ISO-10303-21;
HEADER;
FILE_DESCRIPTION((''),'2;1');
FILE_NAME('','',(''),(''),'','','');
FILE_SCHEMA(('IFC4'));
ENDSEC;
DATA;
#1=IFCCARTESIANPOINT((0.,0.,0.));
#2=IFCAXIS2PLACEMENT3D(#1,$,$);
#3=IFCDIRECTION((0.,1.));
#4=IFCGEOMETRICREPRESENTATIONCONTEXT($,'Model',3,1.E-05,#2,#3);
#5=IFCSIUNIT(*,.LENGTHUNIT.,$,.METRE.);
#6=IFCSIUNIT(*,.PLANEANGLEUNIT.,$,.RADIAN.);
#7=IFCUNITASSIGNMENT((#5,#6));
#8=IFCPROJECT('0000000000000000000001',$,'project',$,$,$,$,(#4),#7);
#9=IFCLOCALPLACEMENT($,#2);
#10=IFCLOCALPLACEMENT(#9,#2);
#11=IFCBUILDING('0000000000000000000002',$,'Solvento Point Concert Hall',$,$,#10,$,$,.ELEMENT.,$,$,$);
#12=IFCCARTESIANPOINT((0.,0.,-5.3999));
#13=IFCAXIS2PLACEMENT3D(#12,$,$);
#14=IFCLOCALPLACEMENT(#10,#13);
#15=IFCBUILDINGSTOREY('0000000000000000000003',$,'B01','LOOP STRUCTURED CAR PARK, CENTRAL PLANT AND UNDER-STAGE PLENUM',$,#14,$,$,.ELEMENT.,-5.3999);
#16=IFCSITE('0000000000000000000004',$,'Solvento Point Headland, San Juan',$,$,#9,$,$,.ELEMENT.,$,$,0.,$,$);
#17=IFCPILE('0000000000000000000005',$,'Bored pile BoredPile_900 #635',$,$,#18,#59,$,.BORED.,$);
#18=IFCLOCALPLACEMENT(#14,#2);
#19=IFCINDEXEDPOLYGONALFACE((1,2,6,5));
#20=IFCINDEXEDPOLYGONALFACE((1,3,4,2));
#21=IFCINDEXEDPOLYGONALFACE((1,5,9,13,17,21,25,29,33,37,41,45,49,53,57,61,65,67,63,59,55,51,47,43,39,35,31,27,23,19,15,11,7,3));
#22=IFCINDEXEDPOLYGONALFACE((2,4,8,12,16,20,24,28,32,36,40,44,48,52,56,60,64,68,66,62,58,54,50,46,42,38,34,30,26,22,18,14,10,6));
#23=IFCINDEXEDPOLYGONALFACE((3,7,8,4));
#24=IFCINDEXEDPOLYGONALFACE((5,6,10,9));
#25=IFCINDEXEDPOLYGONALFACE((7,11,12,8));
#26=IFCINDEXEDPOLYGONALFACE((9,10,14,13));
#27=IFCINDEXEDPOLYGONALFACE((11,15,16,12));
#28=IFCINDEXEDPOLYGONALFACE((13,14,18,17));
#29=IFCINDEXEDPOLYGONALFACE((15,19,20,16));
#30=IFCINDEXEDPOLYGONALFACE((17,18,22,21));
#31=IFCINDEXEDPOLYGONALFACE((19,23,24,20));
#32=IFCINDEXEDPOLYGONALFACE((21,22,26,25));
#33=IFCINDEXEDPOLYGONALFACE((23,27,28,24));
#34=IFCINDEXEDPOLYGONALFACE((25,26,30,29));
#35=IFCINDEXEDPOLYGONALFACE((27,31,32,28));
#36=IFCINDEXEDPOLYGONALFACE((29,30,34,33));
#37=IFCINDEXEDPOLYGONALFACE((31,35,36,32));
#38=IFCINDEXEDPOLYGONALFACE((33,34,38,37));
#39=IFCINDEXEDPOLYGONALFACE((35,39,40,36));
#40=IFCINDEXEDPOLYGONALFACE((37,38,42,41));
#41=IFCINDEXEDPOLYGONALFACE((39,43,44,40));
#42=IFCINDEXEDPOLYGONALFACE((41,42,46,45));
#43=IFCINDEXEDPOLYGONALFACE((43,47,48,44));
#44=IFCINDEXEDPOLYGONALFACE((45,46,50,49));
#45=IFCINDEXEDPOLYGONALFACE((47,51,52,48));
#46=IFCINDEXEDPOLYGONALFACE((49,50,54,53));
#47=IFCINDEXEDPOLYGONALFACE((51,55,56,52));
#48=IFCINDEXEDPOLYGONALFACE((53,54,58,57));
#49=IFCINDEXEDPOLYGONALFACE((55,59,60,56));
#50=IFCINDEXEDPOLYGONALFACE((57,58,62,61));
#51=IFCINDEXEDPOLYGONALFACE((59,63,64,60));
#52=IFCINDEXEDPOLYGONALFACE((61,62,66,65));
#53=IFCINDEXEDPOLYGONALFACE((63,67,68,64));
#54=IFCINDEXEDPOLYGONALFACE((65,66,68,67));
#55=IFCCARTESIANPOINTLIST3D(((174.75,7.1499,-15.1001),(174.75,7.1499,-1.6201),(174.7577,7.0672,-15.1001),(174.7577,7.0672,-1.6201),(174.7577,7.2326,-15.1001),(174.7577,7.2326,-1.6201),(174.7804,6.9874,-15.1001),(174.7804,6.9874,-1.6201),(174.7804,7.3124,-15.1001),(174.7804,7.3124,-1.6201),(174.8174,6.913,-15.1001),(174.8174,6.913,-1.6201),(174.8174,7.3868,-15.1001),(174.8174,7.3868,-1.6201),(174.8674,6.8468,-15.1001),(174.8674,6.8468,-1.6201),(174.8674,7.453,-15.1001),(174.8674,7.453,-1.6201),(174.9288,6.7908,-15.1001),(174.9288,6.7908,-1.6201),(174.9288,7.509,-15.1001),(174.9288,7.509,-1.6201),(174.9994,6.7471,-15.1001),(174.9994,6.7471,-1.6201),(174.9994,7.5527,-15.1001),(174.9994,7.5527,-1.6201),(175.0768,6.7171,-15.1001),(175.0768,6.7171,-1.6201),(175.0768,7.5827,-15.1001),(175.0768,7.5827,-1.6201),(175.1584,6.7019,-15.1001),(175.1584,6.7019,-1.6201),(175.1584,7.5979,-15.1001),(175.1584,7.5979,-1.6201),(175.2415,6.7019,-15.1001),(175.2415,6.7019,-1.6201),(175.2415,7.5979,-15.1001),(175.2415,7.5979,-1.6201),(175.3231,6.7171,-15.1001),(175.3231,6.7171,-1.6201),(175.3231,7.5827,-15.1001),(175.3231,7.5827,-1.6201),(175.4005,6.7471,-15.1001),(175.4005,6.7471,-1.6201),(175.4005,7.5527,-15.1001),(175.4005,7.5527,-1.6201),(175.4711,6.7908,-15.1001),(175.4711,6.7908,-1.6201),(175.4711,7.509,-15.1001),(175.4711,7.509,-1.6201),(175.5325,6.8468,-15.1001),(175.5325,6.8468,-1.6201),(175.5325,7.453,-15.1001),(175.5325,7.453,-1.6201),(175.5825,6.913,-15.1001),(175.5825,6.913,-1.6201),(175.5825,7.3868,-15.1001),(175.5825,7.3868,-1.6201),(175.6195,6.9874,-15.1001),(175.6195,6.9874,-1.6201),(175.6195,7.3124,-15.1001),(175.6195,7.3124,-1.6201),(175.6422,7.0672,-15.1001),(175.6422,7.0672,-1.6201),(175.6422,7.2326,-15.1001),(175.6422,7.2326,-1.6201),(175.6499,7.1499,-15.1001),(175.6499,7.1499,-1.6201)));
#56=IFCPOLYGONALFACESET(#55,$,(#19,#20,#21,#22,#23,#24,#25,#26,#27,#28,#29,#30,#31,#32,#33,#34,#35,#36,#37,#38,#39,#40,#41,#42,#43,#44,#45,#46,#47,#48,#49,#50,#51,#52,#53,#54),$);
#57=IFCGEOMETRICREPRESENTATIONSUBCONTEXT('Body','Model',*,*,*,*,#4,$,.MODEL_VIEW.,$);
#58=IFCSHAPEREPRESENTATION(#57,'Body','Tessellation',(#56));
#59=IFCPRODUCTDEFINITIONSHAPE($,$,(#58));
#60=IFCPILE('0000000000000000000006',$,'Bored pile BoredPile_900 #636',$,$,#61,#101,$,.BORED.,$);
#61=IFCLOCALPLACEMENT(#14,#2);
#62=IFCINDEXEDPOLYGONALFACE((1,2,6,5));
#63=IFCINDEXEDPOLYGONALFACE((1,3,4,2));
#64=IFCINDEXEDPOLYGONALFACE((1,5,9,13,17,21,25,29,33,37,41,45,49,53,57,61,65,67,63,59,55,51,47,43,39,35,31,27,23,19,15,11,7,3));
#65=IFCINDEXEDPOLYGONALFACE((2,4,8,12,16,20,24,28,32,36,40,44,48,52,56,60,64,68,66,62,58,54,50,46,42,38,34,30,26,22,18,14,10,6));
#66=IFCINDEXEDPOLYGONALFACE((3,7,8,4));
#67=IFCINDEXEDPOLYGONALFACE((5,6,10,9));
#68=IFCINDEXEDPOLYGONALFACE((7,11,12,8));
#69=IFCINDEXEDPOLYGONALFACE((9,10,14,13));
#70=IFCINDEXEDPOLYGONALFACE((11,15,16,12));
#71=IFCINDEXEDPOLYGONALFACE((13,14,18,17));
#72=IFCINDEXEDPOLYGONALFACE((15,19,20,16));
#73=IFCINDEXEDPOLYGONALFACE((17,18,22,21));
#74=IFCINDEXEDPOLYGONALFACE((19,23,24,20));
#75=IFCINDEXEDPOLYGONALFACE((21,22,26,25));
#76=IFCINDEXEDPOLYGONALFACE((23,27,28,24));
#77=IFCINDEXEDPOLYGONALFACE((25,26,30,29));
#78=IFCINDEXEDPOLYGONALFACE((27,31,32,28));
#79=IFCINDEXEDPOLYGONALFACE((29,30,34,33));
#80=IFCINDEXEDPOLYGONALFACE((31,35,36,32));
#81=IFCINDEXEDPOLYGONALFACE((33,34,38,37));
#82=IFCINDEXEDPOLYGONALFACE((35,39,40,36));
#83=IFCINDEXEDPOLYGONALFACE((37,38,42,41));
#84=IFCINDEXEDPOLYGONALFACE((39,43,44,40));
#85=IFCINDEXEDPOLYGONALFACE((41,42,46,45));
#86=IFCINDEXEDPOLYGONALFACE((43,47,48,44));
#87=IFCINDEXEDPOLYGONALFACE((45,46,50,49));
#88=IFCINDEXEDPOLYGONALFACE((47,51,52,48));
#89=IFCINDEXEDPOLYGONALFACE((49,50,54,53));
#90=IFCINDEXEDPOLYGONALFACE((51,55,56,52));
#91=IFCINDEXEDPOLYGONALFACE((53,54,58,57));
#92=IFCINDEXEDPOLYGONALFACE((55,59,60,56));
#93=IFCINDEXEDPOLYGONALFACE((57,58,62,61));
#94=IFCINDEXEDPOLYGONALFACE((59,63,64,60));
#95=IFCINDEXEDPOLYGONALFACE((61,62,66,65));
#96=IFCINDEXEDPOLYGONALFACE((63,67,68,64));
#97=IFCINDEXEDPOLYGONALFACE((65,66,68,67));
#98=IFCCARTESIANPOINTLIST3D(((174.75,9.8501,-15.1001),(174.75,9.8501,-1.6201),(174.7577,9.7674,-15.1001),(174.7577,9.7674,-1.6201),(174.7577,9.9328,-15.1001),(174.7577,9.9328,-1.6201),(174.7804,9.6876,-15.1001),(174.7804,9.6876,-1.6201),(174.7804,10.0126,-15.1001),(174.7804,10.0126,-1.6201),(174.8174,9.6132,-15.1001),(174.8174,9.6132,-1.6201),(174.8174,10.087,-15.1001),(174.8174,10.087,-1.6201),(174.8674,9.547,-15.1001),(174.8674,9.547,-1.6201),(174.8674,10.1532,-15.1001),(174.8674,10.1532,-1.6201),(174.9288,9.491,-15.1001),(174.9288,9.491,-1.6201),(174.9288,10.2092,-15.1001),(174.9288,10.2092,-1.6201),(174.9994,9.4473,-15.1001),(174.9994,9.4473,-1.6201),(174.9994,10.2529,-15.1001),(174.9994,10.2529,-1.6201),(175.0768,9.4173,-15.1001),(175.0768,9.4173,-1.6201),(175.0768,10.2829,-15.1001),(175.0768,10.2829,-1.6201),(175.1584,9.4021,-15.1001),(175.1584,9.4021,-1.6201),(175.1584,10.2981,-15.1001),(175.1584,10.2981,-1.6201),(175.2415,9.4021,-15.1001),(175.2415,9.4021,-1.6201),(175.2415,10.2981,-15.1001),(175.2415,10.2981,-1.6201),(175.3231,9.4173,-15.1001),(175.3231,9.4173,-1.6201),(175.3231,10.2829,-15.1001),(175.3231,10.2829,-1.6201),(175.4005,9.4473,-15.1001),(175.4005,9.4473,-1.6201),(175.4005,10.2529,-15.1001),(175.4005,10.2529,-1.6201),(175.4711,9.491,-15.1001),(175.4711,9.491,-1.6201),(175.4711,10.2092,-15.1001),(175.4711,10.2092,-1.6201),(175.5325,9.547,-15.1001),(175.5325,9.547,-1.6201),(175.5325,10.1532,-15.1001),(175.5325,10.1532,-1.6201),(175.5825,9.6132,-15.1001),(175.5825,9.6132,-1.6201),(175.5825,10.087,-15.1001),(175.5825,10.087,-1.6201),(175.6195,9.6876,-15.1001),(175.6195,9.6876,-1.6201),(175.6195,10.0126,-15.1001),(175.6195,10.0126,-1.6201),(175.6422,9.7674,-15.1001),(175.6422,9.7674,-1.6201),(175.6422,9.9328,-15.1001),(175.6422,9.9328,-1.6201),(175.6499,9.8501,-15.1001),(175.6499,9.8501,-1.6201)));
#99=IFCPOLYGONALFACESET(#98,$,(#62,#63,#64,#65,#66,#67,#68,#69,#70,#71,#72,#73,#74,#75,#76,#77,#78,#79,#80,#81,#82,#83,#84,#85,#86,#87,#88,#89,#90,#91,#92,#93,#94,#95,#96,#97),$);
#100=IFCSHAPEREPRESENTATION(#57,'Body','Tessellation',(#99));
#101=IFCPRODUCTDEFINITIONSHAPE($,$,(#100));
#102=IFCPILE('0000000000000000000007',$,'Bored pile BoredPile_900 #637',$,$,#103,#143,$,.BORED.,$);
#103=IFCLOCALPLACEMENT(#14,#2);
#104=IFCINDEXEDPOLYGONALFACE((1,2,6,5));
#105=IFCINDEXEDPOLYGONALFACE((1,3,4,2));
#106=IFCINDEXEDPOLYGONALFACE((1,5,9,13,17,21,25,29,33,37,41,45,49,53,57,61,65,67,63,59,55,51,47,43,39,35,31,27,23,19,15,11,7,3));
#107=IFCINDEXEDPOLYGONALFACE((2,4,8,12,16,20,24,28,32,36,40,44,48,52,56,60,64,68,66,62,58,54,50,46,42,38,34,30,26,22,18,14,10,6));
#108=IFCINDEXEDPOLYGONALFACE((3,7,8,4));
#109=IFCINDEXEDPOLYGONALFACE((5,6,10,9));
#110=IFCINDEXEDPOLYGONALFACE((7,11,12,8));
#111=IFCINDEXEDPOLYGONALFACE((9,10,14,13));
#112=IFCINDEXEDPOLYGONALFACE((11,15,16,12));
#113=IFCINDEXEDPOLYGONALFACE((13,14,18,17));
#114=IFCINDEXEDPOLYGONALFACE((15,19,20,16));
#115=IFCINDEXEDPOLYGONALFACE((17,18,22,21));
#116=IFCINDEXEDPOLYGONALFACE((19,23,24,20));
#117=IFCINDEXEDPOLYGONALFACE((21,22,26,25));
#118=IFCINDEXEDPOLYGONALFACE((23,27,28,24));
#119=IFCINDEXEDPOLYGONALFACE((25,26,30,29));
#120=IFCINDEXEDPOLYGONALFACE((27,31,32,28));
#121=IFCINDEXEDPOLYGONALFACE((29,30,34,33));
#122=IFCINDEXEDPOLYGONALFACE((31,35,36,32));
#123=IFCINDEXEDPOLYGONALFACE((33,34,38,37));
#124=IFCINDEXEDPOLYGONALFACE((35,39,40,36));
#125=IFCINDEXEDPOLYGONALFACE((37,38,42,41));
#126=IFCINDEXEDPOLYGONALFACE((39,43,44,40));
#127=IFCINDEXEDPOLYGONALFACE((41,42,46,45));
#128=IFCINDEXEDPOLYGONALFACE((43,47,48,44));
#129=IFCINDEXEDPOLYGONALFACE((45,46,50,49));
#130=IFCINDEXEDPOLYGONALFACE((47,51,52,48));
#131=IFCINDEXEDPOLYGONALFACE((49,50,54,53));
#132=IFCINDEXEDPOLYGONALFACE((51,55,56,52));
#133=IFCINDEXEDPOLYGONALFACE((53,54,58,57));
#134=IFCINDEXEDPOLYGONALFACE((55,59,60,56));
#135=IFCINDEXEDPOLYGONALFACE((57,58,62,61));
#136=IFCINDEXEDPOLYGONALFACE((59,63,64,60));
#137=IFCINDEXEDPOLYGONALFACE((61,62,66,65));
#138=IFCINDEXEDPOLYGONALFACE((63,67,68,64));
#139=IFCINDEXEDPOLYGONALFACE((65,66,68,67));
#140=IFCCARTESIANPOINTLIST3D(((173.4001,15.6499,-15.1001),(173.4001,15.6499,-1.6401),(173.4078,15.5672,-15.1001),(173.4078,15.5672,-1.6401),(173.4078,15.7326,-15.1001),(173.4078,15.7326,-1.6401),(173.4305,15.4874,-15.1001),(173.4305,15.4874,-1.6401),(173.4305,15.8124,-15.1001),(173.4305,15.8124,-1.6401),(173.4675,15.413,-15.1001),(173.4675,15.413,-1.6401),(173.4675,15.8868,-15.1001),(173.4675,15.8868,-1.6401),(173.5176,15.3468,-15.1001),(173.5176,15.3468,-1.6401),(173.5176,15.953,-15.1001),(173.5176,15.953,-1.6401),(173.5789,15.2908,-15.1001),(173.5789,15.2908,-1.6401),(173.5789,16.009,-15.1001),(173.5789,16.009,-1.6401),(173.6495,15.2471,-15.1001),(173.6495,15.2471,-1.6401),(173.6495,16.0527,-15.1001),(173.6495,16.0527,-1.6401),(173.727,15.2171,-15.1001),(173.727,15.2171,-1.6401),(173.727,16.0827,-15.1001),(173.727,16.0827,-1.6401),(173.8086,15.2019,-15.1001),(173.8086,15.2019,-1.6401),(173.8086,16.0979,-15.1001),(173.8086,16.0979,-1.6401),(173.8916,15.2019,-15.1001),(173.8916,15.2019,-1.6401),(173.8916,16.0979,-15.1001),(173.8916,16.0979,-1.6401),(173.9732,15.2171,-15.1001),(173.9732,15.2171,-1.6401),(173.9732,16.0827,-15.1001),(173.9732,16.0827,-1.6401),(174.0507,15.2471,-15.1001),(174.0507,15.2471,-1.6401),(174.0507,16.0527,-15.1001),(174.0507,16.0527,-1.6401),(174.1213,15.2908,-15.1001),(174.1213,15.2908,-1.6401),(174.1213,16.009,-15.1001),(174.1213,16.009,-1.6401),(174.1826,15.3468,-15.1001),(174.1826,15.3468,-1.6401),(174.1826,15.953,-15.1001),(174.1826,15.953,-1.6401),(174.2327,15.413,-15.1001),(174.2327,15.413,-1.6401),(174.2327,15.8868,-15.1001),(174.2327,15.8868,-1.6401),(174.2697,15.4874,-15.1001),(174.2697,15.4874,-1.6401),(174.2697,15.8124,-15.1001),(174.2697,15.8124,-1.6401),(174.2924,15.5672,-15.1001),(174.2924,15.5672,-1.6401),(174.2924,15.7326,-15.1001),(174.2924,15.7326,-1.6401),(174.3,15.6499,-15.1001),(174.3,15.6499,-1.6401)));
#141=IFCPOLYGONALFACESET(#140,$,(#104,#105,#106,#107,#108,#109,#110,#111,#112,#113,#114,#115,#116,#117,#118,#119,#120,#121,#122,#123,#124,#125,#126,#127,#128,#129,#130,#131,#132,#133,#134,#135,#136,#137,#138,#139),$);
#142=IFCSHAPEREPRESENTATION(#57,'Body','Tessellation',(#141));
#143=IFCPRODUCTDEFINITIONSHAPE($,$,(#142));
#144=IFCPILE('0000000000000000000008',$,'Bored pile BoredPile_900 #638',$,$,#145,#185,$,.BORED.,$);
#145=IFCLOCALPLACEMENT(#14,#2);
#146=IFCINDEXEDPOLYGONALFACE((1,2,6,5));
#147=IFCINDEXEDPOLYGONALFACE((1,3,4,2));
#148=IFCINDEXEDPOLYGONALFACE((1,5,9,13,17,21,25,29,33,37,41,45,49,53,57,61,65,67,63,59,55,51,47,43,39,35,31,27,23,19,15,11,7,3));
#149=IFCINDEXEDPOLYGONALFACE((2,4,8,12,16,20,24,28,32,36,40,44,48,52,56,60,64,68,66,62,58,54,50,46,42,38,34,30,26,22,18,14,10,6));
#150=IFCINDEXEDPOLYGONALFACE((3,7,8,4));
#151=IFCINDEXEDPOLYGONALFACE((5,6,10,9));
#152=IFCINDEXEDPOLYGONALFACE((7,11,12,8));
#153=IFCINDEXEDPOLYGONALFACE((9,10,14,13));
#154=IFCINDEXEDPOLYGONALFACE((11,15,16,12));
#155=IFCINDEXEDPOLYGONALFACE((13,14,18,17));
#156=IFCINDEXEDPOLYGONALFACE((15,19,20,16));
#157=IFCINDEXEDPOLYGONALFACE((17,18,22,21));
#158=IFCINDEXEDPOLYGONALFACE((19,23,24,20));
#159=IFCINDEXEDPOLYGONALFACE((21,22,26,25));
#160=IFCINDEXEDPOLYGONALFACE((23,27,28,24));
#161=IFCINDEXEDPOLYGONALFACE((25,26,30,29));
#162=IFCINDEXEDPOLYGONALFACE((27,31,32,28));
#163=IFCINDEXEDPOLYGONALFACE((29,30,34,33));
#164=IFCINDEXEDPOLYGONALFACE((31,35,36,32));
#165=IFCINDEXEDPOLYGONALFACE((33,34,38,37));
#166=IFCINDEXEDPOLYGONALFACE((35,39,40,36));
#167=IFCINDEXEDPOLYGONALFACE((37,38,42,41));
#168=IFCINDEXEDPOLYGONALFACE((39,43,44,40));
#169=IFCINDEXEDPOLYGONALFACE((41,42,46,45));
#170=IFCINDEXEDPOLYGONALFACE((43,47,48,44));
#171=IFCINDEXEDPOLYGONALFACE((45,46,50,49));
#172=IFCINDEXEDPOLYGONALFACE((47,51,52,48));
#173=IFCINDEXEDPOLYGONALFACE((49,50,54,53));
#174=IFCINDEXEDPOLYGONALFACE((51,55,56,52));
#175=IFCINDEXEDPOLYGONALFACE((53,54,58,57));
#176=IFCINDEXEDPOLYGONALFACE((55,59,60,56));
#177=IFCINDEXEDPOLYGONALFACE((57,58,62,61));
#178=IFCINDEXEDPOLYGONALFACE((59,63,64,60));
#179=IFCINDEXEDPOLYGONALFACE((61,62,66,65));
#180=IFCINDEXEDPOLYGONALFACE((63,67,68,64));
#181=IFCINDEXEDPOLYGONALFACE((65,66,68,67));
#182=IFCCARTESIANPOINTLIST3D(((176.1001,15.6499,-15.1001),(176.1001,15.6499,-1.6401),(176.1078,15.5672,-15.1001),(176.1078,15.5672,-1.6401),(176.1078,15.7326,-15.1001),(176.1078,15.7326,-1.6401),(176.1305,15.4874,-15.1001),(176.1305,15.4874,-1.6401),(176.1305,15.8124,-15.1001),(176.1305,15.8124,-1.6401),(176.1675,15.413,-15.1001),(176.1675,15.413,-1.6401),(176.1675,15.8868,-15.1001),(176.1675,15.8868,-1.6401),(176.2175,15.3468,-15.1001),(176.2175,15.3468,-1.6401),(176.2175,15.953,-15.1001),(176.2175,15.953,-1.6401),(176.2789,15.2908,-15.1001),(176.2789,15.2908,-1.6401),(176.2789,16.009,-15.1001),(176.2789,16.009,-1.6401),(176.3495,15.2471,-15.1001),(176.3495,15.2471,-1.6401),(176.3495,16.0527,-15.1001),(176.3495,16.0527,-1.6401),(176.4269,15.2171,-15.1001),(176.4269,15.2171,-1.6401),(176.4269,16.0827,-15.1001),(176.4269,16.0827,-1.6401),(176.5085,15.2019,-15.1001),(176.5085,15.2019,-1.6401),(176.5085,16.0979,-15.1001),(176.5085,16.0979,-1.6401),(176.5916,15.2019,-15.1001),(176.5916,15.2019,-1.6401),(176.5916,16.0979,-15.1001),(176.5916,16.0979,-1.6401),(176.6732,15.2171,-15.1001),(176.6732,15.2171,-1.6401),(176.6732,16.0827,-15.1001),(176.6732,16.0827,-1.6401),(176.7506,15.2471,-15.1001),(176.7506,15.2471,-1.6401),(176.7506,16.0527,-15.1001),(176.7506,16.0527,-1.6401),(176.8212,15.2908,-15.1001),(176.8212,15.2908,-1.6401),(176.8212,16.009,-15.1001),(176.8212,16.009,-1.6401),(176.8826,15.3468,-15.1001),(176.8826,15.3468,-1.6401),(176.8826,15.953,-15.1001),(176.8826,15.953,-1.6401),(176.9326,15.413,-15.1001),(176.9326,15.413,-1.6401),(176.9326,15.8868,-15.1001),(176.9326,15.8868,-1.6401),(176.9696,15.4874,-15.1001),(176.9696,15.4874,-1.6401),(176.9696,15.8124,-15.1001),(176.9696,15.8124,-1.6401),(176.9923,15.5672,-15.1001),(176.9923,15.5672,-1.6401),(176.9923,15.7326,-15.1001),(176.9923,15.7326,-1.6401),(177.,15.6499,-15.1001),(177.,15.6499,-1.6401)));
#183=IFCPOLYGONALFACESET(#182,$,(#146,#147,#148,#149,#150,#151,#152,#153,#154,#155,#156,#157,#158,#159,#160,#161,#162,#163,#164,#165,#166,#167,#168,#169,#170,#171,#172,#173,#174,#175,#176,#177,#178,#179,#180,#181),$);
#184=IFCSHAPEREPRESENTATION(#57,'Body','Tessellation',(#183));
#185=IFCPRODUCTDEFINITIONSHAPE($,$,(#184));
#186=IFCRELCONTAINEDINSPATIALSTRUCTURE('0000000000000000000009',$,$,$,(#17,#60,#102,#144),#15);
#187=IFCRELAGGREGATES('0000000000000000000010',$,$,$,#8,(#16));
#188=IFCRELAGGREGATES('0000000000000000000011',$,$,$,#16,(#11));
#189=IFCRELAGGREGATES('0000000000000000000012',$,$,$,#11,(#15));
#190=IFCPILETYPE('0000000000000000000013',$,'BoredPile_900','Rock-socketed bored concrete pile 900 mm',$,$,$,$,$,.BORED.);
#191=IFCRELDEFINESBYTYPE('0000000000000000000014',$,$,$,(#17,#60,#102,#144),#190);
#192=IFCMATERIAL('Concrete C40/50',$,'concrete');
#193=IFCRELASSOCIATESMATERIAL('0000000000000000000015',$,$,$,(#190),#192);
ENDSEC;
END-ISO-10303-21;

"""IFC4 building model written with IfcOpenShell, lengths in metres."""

from ifc_helpers import new_model, si_unit, direction, frame, origin, origin_2d, place, context, subcontext, project, spatial, circle, extrude, material, material_profile, profile_set, type_object, element, save


model = new_model("IFC4")

# Units and contexts
model_context = context("Model", 3, precision=1e-05, world=origin(), true_north=direction((0.0, 1.0)))
body_context = subcontext(model_context, "Body", "Model", "MODEL_VIEW")
ifc_project = project(units=[si_unit("LENGTHUNIT", "METRE"), si_unit("PLANEANGLEUNIT", "RADIAN")], contexts=[model_context])

# Site, building, storey
site_placement = place(None, origin())
site = spatial("IfcSite", under=ifc_project, at=site_placement, Name="Solvento Point Headland, San Juan", CompositionType="ELEMENT", RefElevation=0.0)
building_placement = place(site_placement, origin())
building = spatial("IfcBuilding", under=site, at=building_placement, Name="Solvento Point Concert Hall", CompositionType="ELEMENT")
storey_placement = place(building_placement, frame((0.0, 0.0, -5.3999)))
storey = spatial("IfcBuildingStorey", under=building, at=storey_placement, Name="B01", Description="LOOP STRUCTURED CAR PARK, CENTRAL PLANT AND UNDER-STAGE PLENUM", CompositionType="ELEMENT", Elevation=-5.3999)

# Piles
ifc_material_1 = material(Name="Concrete C40/50", Category="concrete")
ifc_material_profile_1 = material_profile(ifc_material_1, circle(Radius=0.45, at=origin_2d()), Name="BP-900")
ifc_profile_set_1 = profile_set([ifc_material_profile_1], Name="Concrete C40/50")
pile_type_1 = type_object("IfcPileType", Name="BoredPile_900", Description="Rock-socketed bored concrete pile 900 mm", PredefinedType="BORED", material=ifc_profile_set_1)
for number, where, z_axis, x_axis, name in (
    (1, (175.2, 7.1499, -1.6201), (0.0, 0.0, -1.0), (1.0, 0.0, 0.0), "Bored pile BoredPile_900 #635"),
    (2, (175.2, 9.8501, -1.6201), (0.0, 0.0, -1.0), (1.0, 0.0, 0.0), "Bored pile BoredPile_900 #636"),
):
    element("IfcPile", number, at=place(storey_placement, frame(where, z_axis=z_axis, x_axis=x_axis)), inside=storey, type_object=pile_type_1, Name=name, PredefinedType="BORED", context=body_context, shape_type="SweptSolid", body=[
        extrude(circle(Radius=0.45, at=origin_2d()), origin(), (0.0, 0.0, 1.0), 13.48),
    ])
for number, where, z_axis, x_axis, name in (
    (3, (173.8501, 15.6499, -1.6401), (0.0, 0.0, -1.0), (1.0, 0.0, 0.0), "Bored pile BoredPile_900 #637"),
    (4, (176.55, 15.6499, -1.6401), (0.0, 0.0, -1.0), (1.0, 0.0, 0.0), "Bored pile BoredPile_900 #638"),
):
    element("IfcPile", number, at=place(storey_placement, frame(where, z_axis=z_axis, x_axis=x_axis)), inside=storey, type_object=pile_type_1, Name=name, PredefinedType="BORED", context=body_context, shape_type="SweptSolid", body=[
        extrude(circle(Radius=0.45, at=origin_2d()), origin(), (0.0, 0.0, 1.0), 13.46),
    ])

save(model, "model.ifc")
